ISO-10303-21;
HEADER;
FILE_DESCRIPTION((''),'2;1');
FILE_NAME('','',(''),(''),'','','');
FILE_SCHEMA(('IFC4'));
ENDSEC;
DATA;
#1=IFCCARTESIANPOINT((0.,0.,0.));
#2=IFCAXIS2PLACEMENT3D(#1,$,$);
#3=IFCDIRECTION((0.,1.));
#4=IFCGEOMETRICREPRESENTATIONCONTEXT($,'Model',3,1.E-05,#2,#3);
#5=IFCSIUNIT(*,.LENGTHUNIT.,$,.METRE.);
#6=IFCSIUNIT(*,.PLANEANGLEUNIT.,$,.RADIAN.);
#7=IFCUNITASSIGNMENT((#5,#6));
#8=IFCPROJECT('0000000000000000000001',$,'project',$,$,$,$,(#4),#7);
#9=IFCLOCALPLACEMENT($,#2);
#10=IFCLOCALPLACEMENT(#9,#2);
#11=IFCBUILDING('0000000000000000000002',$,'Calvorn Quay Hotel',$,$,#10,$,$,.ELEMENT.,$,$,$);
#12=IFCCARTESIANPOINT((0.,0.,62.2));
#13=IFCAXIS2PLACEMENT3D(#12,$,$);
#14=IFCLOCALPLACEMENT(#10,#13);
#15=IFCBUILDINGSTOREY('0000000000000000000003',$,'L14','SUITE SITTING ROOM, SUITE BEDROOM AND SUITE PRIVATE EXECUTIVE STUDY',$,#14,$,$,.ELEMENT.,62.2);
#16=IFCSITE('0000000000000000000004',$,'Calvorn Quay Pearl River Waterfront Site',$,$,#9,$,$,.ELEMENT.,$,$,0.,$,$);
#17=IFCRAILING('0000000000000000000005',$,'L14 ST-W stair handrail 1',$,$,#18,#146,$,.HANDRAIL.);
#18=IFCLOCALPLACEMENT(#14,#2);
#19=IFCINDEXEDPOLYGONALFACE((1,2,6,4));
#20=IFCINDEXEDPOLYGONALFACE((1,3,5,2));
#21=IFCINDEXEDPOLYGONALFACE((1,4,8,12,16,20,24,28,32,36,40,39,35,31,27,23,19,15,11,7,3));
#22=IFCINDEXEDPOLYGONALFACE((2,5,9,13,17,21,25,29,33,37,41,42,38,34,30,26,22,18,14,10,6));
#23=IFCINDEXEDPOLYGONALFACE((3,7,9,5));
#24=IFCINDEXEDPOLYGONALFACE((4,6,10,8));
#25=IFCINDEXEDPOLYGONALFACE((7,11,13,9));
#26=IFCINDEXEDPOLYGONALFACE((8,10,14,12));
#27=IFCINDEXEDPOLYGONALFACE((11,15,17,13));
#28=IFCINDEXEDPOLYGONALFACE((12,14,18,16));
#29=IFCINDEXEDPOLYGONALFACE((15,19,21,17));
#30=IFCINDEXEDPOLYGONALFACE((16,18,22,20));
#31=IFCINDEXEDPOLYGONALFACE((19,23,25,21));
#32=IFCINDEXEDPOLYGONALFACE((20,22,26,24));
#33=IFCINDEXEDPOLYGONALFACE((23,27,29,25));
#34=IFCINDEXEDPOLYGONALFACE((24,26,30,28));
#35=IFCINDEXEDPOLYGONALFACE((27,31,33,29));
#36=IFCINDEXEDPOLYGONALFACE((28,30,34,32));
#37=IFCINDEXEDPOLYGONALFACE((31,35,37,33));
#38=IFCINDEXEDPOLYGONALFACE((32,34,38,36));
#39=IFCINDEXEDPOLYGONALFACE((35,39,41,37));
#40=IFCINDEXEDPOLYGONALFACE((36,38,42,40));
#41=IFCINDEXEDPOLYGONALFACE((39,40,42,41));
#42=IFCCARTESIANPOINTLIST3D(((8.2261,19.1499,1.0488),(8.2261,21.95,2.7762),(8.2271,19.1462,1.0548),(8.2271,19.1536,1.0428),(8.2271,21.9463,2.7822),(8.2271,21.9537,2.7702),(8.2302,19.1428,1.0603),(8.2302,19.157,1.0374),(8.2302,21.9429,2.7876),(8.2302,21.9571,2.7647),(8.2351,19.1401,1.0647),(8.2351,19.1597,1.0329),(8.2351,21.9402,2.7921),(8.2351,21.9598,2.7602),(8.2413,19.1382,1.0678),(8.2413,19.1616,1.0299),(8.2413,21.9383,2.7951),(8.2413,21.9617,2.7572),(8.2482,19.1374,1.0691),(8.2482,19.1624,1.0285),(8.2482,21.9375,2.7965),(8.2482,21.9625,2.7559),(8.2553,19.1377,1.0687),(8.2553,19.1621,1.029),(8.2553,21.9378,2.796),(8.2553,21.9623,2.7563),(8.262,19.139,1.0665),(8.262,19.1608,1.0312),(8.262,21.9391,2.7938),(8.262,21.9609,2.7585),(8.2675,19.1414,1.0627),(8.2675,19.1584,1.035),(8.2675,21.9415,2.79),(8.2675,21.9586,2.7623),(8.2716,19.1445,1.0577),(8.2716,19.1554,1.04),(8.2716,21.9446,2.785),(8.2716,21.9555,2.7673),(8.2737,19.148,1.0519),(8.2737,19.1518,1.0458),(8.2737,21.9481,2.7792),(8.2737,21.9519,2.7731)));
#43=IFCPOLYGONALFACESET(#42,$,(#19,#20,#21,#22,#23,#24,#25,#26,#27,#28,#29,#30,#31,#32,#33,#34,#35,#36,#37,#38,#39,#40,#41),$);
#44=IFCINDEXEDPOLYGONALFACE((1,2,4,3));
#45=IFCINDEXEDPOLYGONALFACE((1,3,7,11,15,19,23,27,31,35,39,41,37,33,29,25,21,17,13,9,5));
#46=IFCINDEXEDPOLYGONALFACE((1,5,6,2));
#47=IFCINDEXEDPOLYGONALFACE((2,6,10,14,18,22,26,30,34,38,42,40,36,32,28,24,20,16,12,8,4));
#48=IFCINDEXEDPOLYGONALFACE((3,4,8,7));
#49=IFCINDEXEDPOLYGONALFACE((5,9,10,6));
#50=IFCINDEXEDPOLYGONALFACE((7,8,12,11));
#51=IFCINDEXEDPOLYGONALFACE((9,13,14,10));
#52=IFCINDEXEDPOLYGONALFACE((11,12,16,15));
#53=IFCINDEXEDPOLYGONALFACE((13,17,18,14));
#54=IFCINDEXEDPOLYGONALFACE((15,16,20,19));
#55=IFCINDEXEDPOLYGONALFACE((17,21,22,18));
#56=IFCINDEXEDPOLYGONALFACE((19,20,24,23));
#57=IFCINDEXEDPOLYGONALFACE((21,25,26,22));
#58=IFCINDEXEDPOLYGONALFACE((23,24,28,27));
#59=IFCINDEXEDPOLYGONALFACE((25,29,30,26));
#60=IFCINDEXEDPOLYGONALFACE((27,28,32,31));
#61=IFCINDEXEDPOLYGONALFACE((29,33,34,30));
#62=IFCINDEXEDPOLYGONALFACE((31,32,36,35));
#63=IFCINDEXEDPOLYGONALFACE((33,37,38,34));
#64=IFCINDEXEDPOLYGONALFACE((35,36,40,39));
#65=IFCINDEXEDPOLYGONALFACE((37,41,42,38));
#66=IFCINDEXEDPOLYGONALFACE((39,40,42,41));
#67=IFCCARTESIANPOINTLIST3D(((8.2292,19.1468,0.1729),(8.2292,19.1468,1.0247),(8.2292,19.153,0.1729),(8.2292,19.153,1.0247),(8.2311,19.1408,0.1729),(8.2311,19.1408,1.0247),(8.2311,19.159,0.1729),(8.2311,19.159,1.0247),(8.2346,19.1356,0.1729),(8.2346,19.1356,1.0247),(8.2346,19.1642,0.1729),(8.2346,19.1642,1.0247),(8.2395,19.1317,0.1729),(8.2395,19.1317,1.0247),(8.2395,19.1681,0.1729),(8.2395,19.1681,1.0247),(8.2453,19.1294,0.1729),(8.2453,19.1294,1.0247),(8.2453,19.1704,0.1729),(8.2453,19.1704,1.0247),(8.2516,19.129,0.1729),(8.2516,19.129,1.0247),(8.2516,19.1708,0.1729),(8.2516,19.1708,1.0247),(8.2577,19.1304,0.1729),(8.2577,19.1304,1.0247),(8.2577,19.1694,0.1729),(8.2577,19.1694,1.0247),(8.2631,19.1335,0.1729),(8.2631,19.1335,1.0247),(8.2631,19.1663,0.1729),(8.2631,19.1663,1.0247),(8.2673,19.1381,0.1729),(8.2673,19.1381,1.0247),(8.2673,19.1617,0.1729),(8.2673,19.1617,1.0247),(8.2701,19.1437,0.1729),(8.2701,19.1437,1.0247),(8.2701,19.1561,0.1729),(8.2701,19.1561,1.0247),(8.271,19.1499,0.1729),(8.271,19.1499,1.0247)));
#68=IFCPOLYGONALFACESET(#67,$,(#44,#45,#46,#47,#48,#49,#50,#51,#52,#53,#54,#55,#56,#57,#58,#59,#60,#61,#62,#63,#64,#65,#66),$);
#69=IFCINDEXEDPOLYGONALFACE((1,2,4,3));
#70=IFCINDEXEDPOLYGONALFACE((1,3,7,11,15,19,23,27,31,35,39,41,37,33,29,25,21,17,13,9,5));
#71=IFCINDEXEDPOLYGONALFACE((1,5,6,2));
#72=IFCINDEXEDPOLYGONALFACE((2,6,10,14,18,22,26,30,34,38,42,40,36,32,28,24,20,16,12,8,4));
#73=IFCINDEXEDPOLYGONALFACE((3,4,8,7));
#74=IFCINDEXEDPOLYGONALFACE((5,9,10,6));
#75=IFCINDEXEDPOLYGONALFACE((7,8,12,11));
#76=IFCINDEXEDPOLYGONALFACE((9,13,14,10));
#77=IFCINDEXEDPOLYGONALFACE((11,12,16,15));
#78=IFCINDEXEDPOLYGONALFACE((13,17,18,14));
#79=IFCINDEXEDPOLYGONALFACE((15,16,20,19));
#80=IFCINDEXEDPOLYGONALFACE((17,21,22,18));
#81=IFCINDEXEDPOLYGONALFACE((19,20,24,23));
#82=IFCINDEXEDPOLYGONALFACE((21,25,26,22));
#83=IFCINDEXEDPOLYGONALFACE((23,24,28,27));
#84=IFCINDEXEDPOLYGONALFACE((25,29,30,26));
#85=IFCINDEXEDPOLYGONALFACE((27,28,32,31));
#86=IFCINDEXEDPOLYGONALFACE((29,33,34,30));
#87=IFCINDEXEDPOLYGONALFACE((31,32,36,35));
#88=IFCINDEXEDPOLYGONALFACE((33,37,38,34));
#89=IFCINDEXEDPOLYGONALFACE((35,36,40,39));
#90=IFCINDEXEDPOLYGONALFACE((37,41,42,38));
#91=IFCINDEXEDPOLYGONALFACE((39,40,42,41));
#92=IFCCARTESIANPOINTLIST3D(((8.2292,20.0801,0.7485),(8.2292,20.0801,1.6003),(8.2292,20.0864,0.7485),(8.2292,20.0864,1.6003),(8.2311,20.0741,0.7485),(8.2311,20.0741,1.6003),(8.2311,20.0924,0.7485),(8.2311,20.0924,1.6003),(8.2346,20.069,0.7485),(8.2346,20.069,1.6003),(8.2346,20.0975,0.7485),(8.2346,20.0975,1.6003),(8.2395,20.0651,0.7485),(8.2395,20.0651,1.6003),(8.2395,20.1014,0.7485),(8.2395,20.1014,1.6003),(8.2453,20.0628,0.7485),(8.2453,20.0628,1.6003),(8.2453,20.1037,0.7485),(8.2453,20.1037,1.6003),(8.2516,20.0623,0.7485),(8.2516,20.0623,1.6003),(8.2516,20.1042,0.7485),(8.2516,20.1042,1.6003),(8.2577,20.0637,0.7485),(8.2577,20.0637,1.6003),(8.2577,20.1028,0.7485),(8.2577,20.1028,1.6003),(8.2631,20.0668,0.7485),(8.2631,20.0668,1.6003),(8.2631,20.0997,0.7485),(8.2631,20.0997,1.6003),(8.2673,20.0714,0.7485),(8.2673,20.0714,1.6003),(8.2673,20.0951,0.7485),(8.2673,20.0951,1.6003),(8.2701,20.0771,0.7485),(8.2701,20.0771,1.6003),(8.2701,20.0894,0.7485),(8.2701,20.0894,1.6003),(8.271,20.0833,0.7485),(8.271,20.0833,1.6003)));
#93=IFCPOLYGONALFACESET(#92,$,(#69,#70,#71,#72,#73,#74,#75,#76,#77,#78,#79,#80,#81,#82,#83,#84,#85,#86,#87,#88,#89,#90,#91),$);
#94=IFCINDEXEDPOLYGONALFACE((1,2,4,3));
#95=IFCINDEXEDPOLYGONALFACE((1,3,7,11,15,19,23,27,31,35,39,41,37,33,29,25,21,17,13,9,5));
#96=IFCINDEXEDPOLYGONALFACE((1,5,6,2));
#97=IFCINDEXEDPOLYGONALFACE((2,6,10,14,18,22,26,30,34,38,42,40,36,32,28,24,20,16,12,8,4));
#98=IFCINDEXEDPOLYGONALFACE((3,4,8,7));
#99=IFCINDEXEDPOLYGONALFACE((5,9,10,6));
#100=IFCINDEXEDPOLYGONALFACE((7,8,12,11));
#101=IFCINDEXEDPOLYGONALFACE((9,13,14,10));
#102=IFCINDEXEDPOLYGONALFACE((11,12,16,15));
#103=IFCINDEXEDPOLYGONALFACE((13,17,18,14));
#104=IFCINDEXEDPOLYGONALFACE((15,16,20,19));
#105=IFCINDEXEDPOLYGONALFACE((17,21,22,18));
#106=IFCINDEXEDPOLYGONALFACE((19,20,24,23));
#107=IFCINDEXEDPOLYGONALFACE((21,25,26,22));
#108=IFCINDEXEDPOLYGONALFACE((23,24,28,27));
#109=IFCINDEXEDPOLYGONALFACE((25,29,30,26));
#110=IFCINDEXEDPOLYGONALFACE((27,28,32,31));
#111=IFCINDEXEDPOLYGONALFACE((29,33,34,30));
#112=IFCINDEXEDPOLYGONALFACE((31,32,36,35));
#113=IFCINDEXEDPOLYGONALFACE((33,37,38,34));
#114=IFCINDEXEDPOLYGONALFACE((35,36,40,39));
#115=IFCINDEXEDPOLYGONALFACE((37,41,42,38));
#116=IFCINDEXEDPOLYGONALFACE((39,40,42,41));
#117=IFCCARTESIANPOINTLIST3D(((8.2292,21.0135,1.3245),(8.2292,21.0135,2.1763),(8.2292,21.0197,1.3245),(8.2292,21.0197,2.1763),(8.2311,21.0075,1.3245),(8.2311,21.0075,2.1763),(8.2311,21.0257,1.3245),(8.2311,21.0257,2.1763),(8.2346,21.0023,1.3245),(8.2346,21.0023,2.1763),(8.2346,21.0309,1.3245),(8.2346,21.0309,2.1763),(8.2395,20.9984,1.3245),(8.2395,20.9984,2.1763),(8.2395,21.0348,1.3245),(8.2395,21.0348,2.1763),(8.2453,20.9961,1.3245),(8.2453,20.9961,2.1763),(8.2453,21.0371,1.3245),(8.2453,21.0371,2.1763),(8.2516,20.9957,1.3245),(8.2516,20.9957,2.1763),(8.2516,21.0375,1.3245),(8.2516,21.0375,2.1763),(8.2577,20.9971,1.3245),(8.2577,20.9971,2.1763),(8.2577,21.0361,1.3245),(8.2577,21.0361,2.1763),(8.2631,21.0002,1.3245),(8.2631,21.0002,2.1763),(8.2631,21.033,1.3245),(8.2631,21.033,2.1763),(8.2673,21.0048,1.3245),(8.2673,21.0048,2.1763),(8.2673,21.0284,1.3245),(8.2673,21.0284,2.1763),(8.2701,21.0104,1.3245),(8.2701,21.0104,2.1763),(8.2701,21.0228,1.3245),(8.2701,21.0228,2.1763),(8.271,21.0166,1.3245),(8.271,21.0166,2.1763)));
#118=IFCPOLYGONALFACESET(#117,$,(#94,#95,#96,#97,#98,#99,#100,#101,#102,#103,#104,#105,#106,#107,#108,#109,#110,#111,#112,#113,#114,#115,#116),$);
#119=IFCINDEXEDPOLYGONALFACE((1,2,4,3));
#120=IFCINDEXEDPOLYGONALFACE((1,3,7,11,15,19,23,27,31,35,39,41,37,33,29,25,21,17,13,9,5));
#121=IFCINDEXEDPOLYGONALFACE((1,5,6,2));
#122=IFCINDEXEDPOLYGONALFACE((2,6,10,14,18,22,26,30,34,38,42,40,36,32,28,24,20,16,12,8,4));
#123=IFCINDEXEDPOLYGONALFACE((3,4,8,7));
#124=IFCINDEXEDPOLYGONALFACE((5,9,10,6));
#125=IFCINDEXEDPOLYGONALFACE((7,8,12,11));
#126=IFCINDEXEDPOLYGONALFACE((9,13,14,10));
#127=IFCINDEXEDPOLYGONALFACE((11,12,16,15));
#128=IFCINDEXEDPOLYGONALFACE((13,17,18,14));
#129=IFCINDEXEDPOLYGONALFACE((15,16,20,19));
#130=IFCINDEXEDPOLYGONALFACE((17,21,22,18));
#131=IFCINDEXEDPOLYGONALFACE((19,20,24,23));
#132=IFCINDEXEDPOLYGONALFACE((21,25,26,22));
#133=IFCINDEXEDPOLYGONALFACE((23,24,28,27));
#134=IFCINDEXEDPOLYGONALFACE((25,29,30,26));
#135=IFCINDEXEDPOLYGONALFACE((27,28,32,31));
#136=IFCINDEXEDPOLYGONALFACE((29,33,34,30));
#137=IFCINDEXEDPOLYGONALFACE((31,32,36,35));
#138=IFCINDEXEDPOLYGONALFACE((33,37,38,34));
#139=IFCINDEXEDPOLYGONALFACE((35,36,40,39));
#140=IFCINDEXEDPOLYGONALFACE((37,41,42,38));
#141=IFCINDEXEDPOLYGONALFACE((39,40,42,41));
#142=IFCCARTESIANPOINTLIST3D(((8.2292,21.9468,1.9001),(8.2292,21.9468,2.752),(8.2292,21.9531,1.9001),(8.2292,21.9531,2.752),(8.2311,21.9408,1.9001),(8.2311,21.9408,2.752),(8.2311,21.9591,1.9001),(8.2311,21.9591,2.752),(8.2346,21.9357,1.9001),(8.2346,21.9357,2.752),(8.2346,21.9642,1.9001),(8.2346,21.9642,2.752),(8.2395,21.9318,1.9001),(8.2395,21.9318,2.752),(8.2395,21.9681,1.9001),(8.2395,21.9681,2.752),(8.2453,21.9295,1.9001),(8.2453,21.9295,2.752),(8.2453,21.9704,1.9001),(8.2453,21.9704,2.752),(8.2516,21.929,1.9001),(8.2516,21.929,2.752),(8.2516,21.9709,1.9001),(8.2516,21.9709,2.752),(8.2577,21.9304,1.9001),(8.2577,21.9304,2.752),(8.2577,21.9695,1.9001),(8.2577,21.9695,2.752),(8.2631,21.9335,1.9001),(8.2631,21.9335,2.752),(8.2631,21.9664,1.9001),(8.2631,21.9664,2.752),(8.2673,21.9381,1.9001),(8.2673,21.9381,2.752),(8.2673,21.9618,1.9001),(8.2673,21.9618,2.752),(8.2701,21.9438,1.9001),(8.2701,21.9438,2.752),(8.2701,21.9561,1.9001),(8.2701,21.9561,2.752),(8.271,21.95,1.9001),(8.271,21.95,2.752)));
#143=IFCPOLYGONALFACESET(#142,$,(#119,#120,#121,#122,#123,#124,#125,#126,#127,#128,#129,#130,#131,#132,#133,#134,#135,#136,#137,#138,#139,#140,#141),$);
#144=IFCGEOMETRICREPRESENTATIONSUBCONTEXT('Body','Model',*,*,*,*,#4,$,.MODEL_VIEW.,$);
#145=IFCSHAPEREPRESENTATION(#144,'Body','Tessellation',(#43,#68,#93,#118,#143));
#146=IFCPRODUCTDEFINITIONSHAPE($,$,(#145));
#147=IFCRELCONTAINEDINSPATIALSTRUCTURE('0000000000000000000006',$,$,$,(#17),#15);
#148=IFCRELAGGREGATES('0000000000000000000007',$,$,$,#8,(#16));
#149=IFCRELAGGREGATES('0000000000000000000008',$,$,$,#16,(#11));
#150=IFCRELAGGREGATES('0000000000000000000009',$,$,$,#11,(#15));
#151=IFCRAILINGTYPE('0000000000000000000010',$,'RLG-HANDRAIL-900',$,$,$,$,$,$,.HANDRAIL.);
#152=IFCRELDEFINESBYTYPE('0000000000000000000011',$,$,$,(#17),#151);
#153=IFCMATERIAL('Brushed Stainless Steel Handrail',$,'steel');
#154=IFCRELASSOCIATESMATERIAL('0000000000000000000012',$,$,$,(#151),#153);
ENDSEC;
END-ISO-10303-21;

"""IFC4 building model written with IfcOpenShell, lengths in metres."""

from ifc_helpers import new_model, si_unit, direction, frame, origin, origin_2d, place, context, subcontext, project, spatial, circle, extrude, material, type_object, element, save


model = new_model("IFC4")

# Units and contexts
model_context = context("Model", 3, precision=1e-05, world=origin(), true_north=direction((0.0, 1.0)))
body_context = subcontext(model_context, "Body", "Model", "MODEL_VIEW")
ifc_project = project(units=[si_unit("LENGTHUNIT", "METRE"), si_unit("PLANEANGLEUNIT", "RADIAN")], contexts=[model_context])

# Site, building, storey
site_placement = place(None, origin())
site = spatial("IfcSite", under=ifc_project, at=site_placement, Name="Calvorn Quay Pearl River Waterfront Site", CompositionType="ELEMENT", RefElevation=0.0)
building_placement = place(site_placement, origin())
building = spatial("IfcBuilding", under=site, at=building_placement, Name="Calvorn Quay Hotel", CompositionType="ELEMENT")
storey_placement = place(building_placement, frame((0.0, 0.0, 62.2)))
storey = spatial("IfcBuildingStorey", under=building, at=storey_placement, Name="L14", Description="SUITE SITTING ROOM, SUITE BEDROOM AND SUITE PRIVATE EXECUTIVE STUDY", CompositionType="ELEMENT", Elevation=62.2)

# Railing
ifc_material_1 = material(Name="Brushed Stainless Steel Handrail", Category="steel")
railing_type_1 = type_object("IfcRailingType", Name="RLG-HANDRAIL-900", PredefinedType="HANDRAIL", material=ifc_material_1)
railing_1_placement = place(storey_placement, frame((8.25, 19.1499, 0.1729)))
element("IfcRailing", 1, at=railing_1_placement, inside=storey, type_object=railing_type_1, Name="L14 ST-W stair handrail 1", PredefinedType="HANDRAIL", context=body_context, shape_type="SweptSolid", body=[
    extrude(circle(Radius=0.0239, at=origin_2d()), frame((0.0, 0.0, 0.876), z_axis=(0.0, 0.85109, 0.52502), x_axis=(-1.0, 0.0, 0.0)), (0.0, 0.0, 1.0), 3.29),
    extrude(circle(Radius=0.021, at=origin_2d()), origin(), (0.0, 0.0, 1.0), 0.8518),
    extrude(circle(Radius=0.021, at=origin_2d()), frame((0.0, 0.9333, 0.5757)), (0.0, 0.0, 1.0), 0.8518),
    extrude(circle(Radius=0.021, at=origin_2d()), frame((0.0, 1.8667, 1.1516)), (0.0, 0.0, 1.0), 0.8518),
    extrude(circle(Radius=0.021, at=origin_2d()), frame((0.0, 2.8, 1.7273)), (0.0, 0.0, 1.0), 0.8518),
])

save(model, "model.ifc")
